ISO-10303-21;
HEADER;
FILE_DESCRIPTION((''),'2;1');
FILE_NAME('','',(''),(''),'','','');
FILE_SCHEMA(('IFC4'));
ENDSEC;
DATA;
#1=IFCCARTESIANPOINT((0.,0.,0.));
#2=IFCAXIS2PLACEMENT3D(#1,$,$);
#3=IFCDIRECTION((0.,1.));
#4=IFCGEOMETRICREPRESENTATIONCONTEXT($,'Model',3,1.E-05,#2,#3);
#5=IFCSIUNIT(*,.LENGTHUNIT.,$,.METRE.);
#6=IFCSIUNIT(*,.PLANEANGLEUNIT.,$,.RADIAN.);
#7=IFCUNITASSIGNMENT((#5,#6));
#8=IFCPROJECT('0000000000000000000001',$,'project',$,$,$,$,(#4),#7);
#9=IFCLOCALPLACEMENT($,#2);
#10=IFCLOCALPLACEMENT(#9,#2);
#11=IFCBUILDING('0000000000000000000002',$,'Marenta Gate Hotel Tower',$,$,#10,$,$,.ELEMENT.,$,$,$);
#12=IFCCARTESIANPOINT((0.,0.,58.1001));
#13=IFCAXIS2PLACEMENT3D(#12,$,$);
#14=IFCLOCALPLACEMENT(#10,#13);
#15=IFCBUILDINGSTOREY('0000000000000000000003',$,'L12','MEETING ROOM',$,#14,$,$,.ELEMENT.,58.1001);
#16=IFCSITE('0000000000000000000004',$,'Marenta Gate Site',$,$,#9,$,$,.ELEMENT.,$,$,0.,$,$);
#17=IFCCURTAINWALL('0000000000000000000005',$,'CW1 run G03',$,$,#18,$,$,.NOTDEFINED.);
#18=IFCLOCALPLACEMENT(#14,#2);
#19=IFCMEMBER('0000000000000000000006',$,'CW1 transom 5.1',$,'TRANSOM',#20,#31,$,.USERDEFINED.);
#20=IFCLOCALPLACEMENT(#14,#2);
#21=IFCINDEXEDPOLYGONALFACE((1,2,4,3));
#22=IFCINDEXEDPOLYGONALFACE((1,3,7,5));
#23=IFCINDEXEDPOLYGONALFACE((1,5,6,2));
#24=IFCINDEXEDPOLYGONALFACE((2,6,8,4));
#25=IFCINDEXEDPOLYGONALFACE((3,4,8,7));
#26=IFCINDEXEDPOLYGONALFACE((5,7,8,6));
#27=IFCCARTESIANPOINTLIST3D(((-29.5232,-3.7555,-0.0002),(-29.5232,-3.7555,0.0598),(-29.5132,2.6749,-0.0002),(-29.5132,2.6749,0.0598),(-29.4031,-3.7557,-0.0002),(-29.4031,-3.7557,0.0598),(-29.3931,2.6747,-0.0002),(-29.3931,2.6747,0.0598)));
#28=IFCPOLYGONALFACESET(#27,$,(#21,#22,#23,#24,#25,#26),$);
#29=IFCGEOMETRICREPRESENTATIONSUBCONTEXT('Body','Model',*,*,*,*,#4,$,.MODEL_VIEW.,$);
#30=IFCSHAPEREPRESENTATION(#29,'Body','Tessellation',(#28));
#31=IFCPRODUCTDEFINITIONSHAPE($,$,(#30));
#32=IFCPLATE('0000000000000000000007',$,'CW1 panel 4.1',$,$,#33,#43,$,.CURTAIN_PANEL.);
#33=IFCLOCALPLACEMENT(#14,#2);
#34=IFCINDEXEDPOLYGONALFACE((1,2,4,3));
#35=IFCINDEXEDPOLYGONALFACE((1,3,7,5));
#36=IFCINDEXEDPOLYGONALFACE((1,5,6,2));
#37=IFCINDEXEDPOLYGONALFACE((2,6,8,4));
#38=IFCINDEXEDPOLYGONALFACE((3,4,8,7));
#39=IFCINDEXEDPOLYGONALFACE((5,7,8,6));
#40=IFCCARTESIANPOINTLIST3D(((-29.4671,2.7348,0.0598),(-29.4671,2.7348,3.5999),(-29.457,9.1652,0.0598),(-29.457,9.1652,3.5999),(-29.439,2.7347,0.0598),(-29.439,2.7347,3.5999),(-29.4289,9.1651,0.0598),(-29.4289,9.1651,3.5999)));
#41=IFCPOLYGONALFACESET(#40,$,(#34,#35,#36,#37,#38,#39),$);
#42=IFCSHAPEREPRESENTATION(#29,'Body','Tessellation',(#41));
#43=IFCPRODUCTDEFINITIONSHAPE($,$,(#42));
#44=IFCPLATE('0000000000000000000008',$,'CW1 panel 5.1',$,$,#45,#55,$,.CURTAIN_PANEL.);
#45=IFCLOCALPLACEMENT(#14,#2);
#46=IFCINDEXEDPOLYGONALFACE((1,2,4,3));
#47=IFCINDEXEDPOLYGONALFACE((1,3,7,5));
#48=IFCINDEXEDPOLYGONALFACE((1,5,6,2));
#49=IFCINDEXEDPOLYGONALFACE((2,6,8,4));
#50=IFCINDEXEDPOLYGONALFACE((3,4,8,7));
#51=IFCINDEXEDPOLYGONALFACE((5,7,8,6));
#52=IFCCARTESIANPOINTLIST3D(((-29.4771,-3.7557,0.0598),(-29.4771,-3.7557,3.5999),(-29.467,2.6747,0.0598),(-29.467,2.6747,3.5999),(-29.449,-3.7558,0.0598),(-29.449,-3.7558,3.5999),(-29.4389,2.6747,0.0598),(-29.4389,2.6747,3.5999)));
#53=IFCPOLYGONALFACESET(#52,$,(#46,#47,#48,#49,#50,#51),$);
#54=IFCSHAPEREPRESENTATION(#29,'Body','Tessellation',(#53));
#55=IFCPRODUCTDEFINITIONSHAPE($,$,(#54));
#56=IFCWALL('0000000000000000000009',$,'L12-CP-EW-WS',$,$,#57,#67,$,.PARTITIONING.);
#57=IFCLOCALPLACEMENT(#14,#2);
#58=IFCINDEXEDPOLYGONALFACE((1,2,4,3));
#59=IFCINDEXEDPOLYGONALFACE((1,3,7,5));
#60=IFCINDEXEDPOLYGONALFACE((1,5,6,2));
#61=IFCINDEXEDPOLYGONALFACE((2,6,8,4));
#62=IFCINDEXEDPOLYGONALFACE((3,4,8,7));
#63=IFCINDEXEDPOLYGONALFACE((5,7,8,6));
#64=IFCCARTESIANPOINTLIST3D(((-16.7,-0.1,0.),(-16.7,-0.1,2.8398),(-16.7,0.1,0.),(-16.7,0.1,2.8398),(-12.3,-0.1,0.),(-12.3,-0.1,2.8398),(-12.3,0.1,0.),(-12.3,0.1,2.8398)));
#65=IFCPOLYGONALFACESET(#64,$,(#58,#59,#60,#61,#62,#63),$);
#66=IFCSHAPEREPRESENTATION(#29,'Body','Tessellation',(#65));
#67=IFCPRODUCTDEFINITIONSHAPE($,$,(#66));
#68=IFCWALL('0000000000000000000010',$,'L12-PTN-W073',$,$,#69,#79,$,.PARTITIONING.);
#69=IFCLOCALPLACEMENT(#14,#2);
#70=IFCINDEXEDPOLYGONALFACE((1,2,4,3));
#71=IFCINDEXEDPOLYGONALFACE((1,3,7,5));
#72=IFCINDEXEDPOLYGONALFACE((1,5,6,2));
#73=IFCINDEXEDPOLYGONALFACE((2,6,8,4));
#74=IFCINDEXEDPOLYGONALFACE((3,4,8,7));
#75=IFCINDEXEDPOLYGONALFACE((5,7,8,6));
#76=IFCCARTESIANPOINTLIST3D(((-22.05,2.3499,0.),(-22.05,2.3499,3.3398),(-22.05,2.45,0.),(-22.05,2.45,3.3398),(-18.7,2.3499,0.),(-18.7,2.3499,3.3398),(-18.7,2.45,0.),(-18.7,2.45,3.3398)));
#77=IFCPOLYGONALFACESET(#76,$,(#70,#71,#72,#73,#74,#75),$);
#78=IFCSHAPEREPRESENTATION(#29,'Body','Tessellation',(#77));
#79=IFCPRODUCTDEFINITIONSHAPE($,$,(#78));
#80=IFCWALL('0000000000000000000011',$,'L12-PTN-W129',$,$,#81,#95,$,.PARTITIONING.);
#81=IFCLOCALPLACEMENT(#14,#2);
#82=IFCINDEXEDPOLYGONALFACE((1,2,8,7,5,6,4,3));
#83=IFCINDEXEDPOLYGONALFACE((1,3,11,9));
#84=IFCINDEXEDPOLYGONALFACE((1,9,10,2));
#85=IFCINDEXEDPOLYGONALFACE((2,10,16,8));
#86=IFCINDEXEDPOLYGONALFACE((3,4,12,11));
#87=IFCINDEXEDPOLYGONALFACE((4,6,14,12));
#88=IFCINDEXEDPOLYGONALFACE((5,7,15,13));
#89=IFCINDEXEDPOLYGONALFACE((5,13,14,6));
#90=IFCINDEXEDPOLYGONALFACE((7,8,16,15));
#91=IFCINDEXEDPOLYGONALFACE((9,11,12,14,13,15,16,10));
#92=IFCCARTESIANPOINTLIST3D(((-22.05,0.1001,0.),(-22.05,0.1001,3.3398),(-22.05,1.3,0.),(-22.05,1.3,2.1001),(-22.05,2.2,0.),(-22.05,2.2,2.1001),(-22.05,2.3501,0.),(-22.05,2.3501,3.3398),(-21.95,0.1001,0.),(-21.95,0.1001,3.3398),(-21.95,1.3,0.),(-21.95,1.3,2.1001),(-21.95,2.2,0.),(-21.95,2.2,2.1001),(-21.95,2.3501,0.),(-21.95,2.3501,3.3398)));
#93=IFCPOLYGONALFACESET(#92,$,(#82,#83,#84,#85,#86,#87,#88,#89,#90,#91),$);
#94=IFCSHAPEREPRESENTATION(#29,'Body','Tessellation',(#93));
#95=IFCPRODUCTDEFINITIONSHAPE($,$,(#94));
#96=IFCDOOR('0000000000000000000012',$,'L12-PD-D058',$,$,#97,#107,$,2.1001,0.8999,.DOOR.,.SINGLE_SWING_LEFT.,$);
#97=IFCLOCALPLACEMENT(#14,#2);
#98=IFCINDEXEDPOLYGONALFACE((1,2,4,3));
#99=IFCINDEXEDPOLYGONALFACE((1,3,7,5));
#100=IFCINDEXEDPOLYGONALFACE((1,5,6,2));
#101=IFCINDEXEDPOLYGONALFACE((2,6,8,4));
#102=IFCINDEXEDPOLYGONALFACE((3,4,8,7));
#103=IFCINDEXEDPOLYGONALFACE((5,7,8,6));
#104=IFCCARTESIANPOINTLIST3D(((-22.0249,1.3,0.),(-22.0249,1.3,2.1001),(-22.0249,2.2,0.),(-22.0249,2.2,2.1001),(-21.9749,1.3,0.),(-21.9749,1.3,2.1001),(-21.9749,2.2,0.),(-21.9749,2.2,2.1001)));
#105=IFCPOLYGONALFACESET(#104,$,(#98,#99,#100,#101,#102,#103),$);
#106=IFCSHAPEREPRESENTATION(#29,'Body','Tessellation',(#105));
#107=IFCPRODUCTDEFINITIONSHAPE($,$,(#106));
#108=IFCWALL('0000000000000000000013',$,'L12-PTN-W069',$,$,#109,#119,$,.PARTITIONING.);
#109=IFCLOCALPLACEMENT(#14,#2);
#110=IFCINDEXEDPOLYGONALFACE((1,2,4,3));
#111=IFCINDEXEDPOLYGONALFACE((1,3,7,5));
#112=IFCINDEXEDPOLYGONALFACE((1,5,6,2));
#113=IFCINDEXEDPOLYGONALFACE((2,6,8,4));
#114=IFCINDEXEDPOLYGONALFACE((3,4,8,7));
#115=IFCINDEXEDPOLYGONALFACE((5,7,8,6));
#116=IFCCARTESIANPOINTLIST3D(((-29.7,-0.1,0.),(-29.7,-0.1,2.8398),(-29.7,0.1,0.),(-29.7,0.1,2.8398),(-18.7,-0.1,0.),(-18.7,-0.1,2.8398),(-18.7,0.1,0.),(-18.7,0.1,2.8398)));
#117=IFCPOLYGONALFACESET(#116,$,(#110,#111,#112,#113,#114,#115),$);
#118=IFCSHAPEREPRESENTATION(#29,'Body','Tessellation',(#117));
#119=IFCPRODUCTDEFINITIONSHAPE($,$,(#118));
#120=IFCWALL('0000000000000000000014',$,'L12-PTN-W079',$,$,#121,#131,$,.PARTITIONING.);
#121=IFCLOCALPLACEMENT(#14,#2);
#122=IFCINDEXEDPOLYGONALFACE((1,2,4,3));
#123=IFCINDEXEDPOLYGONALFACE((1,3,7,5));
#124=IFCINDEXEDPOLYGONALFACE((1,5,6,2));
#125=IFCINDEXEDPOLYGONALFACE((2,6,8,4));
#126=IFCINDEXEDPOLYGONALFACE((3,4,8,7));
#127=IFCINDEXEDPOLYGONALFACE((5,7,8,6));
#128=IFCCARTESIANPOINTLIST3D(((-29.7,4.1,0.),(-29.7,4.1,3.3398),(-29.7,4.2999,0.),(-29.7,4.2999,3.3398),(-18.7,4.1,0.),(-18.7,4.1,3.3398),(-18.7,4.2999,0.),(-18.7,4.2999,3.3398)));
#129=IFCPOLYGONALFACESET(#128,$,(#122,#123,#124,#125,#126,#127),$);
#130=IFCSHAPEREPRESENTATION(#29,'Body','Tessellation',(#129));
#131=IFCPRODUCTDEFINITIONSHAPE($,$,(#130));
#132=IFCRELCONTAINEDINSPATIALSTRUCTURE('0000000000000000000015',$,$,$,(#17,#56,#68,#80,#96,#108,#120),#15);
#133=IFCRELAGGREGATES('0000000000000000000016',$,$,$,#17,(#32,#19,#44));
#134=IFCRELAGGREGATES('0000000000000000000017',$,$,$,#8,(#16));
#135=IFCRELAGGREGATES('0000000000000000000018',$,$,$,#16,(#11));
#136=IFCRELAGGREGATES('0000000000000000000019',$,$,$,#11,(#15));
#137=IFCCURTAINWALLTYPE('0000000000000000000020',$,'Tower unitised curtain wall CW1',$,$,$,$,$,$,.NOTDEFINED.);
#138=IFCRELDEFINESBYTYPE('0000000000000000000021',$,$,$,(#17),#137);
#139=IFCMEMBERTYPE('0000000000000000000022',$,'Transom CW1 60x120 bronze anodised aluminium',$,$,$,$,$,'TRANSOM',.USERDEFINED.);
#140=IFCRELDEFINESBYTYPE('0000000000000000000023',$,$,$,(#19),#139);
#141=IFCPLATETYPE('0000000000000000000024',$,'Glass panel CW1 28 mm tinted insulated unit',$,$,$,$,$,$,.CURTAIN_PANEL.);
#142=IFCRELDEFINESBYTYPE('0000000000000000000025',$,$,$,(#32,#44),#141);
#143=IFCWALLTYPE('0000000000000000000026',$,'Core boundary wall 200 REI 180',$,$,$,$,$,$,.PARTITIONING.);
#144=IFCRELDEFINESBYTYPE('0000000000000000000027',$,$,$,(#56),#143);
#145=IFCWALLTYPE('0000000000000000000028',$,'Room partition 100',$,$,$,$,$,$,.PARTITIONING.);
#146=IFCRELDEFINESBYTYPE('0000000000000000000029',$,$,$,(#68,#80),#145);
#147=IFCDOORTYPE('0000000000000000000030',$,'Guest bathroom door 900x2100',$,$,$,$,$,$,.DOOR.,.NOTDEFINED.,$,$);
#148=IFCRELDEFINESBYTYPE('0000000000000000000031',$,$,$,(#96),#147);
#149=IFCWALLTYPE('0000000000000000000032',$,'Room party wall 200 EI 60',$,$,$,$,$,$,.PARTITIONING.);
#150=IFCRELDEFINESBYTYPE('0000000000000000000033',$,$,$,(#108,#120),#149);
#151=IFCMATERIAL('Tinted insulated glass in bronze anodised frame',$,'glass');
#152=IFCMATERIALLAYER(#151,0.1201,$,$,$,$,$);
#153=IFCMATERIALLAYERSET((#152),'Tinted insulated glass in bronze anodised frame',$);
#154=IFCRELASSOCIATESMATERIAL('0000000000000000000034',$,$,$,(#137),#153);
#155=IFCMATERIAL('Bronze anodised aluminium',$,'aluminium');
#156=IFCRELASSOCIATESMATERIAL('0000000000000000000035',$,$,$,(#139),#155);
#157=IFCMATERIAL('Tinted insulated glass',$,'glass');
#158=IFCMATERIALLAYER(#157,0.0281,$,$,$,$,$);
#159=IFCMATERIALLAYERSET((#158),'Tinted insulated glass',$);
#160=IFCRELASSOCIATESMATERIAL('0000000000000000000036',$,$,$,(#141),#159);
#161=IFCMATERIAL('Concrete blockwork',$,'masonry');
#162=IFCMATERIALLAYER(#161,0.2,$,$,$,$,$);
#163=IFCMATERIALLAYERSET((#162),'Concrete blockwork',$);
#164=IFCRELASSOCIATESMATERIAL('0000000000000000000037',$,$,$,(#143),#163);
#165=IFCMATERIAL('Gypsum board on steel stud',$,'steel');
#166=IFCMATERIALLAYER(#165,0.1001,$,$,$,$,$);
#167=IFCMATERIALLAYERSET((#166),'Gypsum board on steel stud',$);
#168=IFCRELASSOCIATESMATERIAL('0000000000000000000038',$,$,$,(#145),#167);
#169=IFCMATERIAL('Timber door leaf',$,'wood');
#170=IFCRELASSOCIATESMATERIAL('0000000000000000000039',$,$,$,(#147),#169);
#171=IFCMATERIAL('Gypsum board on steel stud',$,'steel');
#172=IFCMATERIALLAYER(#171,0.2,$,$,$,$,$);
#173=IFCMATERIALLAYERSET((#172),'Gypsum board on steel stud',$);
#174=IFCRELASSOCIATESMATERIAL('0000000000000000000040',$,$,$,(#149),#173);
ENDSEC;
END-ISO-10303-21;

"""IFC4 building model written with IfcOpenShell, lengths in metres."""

from ifc_helpers import new_model, si_unit, direction, frame, frame_2d, origin, origin_2d, place, context, subcontext, project, spatial, rectangle, extrude, material, layer, layer_set, material_profile, profile_set, type_object, element, fill, aggregate, save


model = new_model("IFC4")

# Units and contexts
model_context = context("Model", 3, precision=1e-05, world=origin(), true_north=direction((0.0, 1.0)))
body_context = subcontext(model_context, "Body", "Model", "MODEL_VIEW")
ifc_project = project(units=[si_unit("LENGTHUNIT", "METRE"), si_unit("PLANEANGLEUNIT", "RADIAN")], contexts=[model_context])

# Site, building, storey
site_placement = place(None, origin())
site = spatial("IfcSite", under=ifc_project, at=site_placement, Name="Marenta Gate Site", CompositionType="ELEMENT", RefElevation=0.0)
building_placement = place(site_placement, origin())
building = spatial("IfcBuilding", under=site, at=building_placement, Name="Marenta Gate Hotel Tower", CompositionType="ELEMENT")
storey_placement = place(building_placement, frame((0.0, 0.0, 58.1001)))
storey = spatial("IfcBuildingStorey", under=building, at=storey_placement, Name="L12", Description="MEETING ROOM", CompositionType="ELEMENT", Elevation=58.1001)

# Curtain wall, member, plates
ifc_material_1 = material(Name="Tinted insulated glass in bronze anodised frame", Category="glass")
ifc_layer_1 = layer(ifc_material_1, 0.1201)
ifc_layer_set_1 = layer_set([ifc_layer_1], Name="Tinted insulated glass in bronze anodised frame")
curtain_wall_type = type_object("IfcCurtainWallType", Name="Tower unitised curtain wall CW1", PredefinedType="NOTDEFINED", material=ifc_layer_set_1)
curtain_wall_placement = place(storey_placement, origin())
curtain_wall = element("IfcCurtainWall", 1, at=curtain_wall_placement, inside=storey, type_object=curtain_wall_type, Name="CW1 run G03", PredefinedType="NOTDEFINED")
ifc_material_2 = material(Name="Bronze anodised aluminium", Category="aluminium")
ifc_material_profile_1 = material_profile(ifc_material_2, rectangle(XDim=0.1201, YDim=0.0601, at=origin_2d()), Name="Transom CW1 60x120 bronze anodised aluminium")
ifc_profile_set_1 = profile_set([ifc_material_profile_1], Name="Bronze anodised aluminium")
member_type_1 = type_object("IfcMemberType", Name="Transom CW1 60x120 bronze anodised aluminium", ElementType="TRANSOM", PredefinedType="USERDEFINED", material=ifc_profile_set_1)
member_1_placement = place(storey_placement, frame((-29.4531, 2.6748, 0.0298), z_axis=(-0.001557, -0.999999, 0.0), x_axis=(0.999999, -0.001557, 0.0)))
member_1 = element("IfcMember", 2, at=member_1_placement, type_object=member_type_1, Name="CW1 transom 5.1", ObjectType="TRANSOM", PredefinedType="USERDEFINED", context=body_context, shape_type="SweptSolid", body=[
    extrude(rectangle(XDim=0.1201, YDim=0.0601, at=origin_2d()), origin(), (0.0, 0.0, 1.0), 6.4304),
])
ifc_material_3 = material(Name="Tinted insulated glass", Category="glass")
ifc_layer_2 = layer(ifc_material_3, 0.0281)
ifc_layer_set_2 = layer_set([ifc_layer_2], Name="Tinted insulated glass")
plate_type = type_object("IfcPlateType", Name="Glass panel CW1 28 mm tinted insulated unit", PredefinedType="CURTAIN_PANEL", material=ifc_layer_set_2)
plate_1_placement = place(storey_placement, frame((-29.448, 5.95, 0.0598), z_axis=(0.0, 0.0, 1.0), x_axis=(-0.001566, -0.999999, 0.0)))
plate_1 = element("IfcPlate", 3, at=plate_1_placement, type_object=plate_type, Name="CW1 panel 4.1", PredefinedType="CURTAIN_PANEL", context=body_context, shape_type="SweptSolid", body=[
    extrude(rectangle(XDim=6.4304, YDim=0.0281, at=origin_2d()), origin(), (0.0, 0.0, 1.0), 3.54),
])
plate_2_placement = place(storey_placement, frame((-29.458, -0.5405, 0.0598), z_axis=(0.0, 0.0, 1.0), x_axis=(-0.001566, -0.999999, 0.0)))
plate_2 = element("IfcPlate", 4, at=plate_2_placement, type_object=plate_type, Name="CW1 panel 5.1", PredefinedType="CURTAIN_PANEL", context=body_context, shape_type="SweptSolid", body=[
    extrude(rectangle(XDim=6.4304, YDim=0.0281, at=origin_2d()), origin(), (0.0, 0.0, 1.0), 3.54),
])
aggregate(curtain_wall, [plate_1, member_1, plate_2])

# Shared definitions
ifc_material_4 = material(Name="Concrete blockwork", Category="masonry")
ifc_layer_3 = layer(ifc_material_4, 0.2)
ifc_layer_set_3 = layer_set([ifc_layer_3], Name="Concrete blockwork")
wall_type_1 = type_object("IfcWallType", Name="Core boundary wall 200 REI 180", PredefinedType="PARTITIONING", material=ifc_layer_set_3)

# Walls
wall_1_placement = place(storey_placement, frame((-16.7, 0.0, 0.0), z_axis=(0.0, 0.0, 1.0), x_axis=(1.0, 0.0, 0.0)))
element("IfcWall", 5, at=wall_1_placement, inside=storey, type_object=wall_type_1, Name="L12-CP-EW-WS", PredefinedType="PARTITIONING", context=body_context, shape_type="SweptSolid", body=[
    extrude(rectangle(XDim=4.3999, YDim=0.2, at=frame_2d((2.2, 0.0))), origin(), (0.0, 0.0, 1.0), 2.8398),
])
ifc_material_5 = material(Name="Gypsum board on steel stud", Category="steel")
ifc_layer_4 = layer(ifc_material_5, 0.1001)
ifc_layer_set_4 = layer_set([ifc_layer_4], Name="Gypsum board on steel stud")
wall_type_2 = type_object("IfcWallType", Name="Room partition 100", PredefinedType="PARTITIONING", material=ifc_layer_set_4)
wall_2_placement = place(storey_placement, frame((-22.05, 2.3999, 0.0), z_axis=(0.0, 0.0, 1.0), x_axis=(1.0, 0.0, 0.0)))
element("IfcWall", 6, at=wall_2_placement, inside=storey, type_object=wall_type_2, Name="L12-PTN-W073", PredefinedType="PARTITIONING", context=body_context, shape_type="SweptSolid", body=[
    extrude(rectangle(XDim=3.3501, YDim=0.1001, at=frame_2d((1.675, 0.0))), origin(), (0.0, 0.0, 1.0), 3.3398),
])

# Wall, opening, door
wall_3_placement = place(storey_placement, frame((-22.0, 0.1001, 0.0), z_axis=(0.0, 0.0, 1.0), x_axis=(0.0, 1.0, 0.0)))
wall_3 = element("IfcWall", 7, at=wall_3_placement, inside=storey, type_object=wall_type_2, Name="L12-PTN-W129", PredefinedType="PARTITIONING", context=body_context, shape_type="SweptSolid", body=[
    extrude(rectangle(XDim=2.25, YDim=0.1001, at=frame_2d((1.125, 0.0))), origin(), (0.0, 0.0, 1.0), 3.3398),
])
opening_1_placement = place(wall_3_placement, frame((1.2, 0.0, 0.0)))
opening_1 = element("IfcOpeningElement", 8, at=opening_1_placement, cuts=wall_3, PredefinedType="OPENING", context=body_context, shape_type="SweptSolid", body=[
    extrude(rectangle(XDim=0.8999, YDim=2.1001, at=frame_2d((0.45, 1.05))), frame((0.0, 0.05, 0.0), z_axis=(0.0, -1.0, 0.0), x_axis=(1.0, 0.0, 0.0)), (0.0, 0.0, 1.0), 0.1001),
])
ifc_material_6 = material(Name="Timber door leaf", Category="wood")
door_type_1 = type_object("IfcDoorType", Name="Guest bathroom door 900x2100", OperationType="NOTDEFINED", PredefinedType="DOOR", material=ifc_material_6)
door_1_placement = place(opening_1_placement, origin())
door_1 = element("IfcDoor", 9, at=door_1_placement, inside=storey, type_object=door_type_1, Name="L12-PD-D058", OperationType="SINGLE_SWING_LEFT", OverallHeight=2.1001, OverallWidth=0.8999, PredefinedType="DOOR", context=body_context, shape_type="SweptSolid", body=[
    extrude(rectangle(XDim=0.8999, YDim=2.1001, at=frame_2d((0.45, 1.05))), frame((0.0, 0.0249, 0.0), z_axis=(0.0, -1.0, 0.0), x_axis=(1.0, 0.0, 0.0)), (0.0, 0.0, 1.0), 0.05),
])
fill(opening_1, door_1)

# Walls
ifc_material_7 = material(Name="Gypsum board on steel stud", Category="steel")
ifc_layer_5 = layer(ifc_material_7, 0.2)
ifc_layer_set_5 = layer_set([ifc_layer_5], Name="Gypsum board on steel stud")
wall_type_3 = type_object("IfcWallType", Name="Room party wall 200 EI 60", PredefinedType="PARTITIONING", material=ifc_layer_set_5)
wall_4_placement = place(storey_placement, frame((-29.7, 0.0, 0.0), z_axis=(0.0, 0.0, 1.0), x_axis=(1.0, 0.0, 0.0)))
element("IfcWall", 10, at=wall_4_placement, inside=storey, type_object=wall_type_3, Name="L12-PTN-W069", PredefinedType="PARTITIONING", context=body_context, shape_type="SweptSolid", body=[
    extrude(rectangle(XDim=11.0, YDim=0.2, at=frame_2d((5.5, 0.0))), origin(), (0.0, 0.0, 1.0), 2.8398),
])
wall_5_placement = place(storey_placement, frame((-29.7, 4.2, 0.0), z_axis=(0.0, 0.0, 1.0), x_axis=(1.0, 0.0, 0.0)))
element("IfcWall", 11, at=wall_5_placement, inside=storey, type_object=wall_type_3, Name="L12-PTN-W079", PredefinedType="PARTITIONING", context=body_context, shape_type="SweptSolid", body=[
    extrude(rectangle(XDim=11.0, YDim=0.2, at=frame_2d((5.5, 0.0))), origin(), (0.0, 0.0, 1.0), 3.3398),
])

save(model, "model.ifc")
